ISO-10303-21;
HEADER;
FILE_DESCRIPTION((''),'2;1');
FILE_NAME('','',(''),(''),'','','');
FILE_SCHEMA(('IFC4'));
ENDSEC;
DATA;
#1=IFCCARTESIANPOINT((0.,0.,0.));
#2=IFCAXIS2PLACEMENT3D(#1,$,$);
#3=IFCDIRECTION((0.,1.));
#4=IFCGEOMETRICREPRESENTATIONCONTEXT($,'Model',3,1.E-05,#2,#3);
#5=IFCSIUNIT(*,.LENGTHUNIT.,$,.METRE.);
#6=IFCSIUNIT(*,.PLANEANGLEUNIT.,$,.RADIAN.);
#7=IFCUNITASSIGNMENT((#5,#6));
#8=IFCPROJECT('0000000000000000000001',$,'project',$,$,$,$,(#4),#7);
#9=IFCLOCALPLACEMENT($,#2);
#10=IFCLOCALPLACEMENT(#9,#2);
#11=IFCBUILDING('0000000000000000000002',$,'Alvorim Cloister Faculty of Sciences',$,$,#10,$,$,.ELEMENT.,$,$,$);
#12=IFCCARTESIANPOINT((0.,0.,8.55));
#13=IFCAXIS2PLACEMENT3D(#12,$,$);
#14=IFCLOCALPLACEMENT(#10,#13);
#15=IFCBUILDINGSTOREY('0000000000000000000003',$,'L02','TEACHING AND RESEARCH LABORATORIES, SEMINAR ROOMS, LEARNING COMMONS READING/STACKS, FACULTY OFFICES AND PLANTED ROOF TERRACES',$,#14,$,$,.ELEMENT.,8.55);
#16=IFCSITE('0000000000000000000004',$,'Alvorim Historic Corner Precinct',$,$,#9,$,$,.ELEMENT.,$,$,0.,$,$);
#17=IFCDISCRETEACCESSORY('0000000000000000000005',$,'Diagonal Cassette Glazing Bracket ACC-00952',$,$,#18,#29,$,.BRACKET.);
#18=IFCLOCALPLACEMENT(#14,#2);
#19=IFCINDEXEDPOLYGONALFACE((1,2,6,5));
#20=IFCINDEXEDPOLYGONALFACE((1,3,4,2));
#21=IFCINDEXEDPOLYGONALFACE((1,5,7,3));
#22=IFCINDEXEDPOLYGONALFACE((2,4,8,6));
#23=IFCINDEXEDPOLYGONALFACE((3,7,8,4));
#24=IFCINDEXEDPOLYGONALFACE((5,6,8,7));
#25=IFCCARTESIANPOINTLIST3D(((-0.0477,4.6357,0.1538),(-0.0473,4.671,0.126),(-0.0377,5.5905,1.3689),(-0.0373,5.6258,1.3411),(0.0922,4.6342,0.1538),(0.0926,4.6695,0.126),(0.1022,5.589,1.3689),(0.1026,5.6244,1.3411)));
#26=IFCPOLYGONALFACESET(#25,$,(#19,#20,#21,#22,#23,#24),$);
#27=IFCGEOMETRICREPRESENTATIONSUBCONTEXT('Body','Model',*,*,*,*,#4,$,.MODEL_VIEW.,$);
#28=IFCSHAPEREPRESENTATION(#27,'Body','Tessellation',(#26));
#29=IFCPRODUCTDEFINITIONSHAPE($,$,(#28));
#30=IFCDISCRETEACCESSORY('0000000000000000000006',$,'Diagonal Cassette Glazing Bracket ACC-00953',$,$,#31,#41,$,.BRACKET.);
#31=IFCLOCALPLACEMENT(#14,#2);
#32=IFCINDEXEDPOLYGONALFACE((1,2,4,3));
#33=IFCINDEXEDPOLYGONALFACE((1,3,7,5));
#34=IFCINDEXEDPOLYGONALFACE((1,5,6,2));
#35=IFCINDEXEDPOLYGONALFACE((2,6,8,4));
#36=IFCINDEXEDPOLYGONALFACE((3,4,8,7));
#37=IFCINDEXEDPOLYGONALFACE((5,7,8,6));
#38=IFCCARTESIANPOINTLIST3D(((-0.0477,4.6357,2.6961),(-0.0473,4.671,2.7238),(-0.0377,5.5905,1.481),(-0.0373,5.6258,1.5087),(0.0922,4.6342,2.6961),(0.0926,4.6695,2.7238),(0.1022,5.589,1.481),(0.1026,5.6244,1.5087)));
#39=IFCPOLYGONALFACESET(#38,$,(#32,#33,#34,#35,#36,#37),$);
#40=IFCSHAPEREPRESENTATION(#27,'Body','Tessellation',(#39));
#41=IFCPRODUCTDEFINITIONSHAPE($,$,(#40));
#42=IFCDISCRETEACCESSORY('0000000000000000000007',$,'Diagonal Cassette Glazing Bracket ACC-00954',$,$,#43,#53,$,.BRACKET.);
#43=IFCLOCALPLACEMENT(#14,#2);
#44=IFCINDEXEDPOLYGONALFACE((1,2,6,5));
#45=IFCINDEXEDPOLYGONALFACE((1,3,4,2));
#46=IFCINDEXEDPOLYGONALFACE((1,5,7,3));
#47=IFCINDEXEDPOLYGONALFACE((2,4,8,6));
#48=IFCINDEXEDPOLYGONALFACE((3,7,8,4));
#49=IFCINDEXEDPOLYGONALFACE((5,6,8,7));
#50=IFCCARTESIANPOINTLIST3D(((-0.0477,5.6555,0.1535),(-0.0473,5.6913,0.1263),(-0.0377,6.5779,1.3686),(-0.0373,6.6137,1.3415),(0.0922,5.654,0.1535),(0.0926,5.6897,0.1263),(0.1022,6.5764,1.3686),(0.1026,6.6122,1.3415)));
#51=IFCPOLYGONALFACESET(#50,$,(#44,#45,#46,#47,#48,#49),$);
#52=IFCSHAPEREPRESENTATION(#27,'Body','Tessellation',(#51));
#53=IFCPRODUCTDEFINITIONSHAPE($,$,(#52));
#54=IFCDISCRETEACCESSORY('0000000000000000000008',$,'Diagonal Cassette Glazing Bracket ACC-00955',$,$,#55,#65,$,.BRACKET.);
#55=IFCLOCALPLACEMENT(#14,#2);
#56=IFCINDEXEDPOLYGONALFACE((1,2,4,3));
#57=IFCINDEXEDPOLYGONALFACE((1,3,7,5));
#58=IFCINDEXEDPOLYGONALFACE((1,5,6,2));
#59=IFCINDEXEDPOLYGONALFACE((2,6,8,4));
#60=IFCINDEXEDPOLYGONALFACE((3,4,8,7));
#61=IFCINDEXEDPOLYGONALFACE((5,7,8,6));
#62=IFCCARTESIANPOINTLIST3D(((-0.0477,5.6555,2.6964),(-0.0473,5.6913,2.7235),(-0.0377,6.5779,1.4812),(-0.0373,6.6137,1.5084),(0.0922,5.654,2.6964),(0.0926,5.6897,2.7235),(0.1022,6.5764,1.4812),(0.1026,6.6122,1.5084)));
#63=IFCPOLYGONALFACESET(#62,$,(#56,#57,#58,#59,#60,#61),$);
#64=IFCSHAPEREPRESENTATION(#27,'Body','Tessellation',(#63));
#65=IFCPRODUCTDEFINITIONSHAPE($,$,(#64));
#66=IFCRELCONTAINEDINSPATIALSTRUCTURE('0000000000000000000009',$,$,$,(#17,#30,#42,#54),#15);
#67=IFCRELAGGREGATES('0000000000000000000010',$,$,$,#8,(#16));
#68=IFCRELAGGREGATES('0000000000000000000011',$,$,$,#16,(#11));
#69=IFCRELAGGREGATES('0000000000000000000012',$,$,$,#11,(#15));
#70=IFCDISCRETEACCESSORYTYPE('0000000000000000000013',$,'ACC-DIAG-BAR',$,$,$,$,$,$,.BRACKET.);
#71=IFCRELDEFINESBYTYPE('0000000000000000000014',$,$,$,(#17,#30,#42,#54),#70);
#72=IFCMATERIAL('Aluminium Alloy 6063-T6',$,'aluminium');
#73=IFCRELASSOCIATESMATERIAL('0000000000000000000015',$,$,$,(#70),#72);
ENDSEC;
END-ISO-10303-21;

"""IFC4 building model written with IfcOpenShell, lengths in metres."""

from ifc_helpers import new_model, si_unit, direction, frame, origin, origin_2d, place, context, subcontext, project, spatial, rectangle, extrude, material, type_object, element, save


model = new_model("IFC4")

# Units and contexts
model_context = context("Model", 3, precision=1e-05, world=origin(), true_north=direction((0.0, 1.0)))
body_context = subcontext(model_context, "Body", "Model", "MODEL_VIEW")
ifc_project = project(units=[si_unit("LENGTHUNIT", "METRE"), si_unit("PLANEANGLEUNIT", "RADIAN")], contexts=[model_context])

# Site, building, storey
site_placement = place(None, origin())
site = spatial("IfcSite", under=ifc_project, at=site_placement, Name="Alvorim Historic Corner Precinct", CompositionType="ELEMENT", RefElevation=0.0)
building_placement = place(site_placement, origin())
building = spatial("IfcBuilding", under=site, at=building_placement, Name="Alvorim Cloister Faculty of Sciences", CompositionType="ELEMENT")
storey_placement = place(building_placement, frame((0.0, 0.0, 8.55)))
storey = spatial("IfcBuildingStorey", under=building, at=storey_placement, Name="L02", Description="TEACHING AND RESEARCH LABORATORIES, SEMINAR ROOMS, LEARNING COMMONS READING/STACKS, FACULTY OFFICES AND PLANTED ROOF TERRACES", CompositionType="ELEMENT", Elevation=8.55)

# Shared definitions
ifc_material_1 = material(Name="Aluminium Alloy 6063-T6", Category="aluminium")

# Discrete accessories
discrete_accessory_type = type_object("IfcDiscreteAccessoryType", Name="ACC-DIAG-BAR", PredefinedType="BRACKET", material=ifc_material_1)
for number, where, z_axis, x_axis, name in (
    (1, (0.0225, 4.6526, 0.1399), (0.006477, 0.617857, 0.786263), (-0.999945, 0.010483, 0.0), "Diagonal Cassette Glazing Bracket ACC-00952"),
    (2, (0.0225, 4.6526, 2.71), (0.006477, 0.617857, -0.786263), (-0.999945, 0.010483, 0.0), "Diagonal Cassette Glazing Bracket ACC-00953"),
):
    element("IfcDiscreteAccessory", number, at=place(storey_placement, frame(where, z_axis=z_axis, x_axis=x_axis)), inside=storey, type_object=discrete_accessory_type, Name=name, PredefinedType="BRACKET", context=body_context, shape_type="SweptSolid", body=[
        extrude(rectangle(XDim=0.1399, YDim=0.0449, at=origin_2d()), origin(), (0.0, 0.0, 1.0), 1.5454),
    ])
for number, where, z_axis, x_axis, name in (
    (3, (0.0225, 5.6726, 0.1399), (0.006561, 0.604612, 0.796493), (-0.999941, 0.010852, 0.0), "Diagonal Cassette Glazing Bracket ACC-00954"),
    (4, (0.0225, 5.6726, 2.71), (0.006561, 0.604612, -0.796493), (-0.999941, 0.010852, 0.0), "Diagonal Cassette Glazing Bracket ACC-00955"),
):
    element("IfcDiscreteAccessory", number, at=place(storey_placement, frame(where, z_axis=z_axis, x_axis=x_axis)), inside=storey, type_object=discrete_accessory_type, Name=name, PredefinedType="BRACKET", context=body_context, shape_type="SweptSolid", body=[
        extrude(rectangle(XDim=0.1399, YDim=0.0449, at=origin_2d()), origin(), (0.0, 0.0, 1.0), 1.5256),
    ])

save(model, "model.ifc")
